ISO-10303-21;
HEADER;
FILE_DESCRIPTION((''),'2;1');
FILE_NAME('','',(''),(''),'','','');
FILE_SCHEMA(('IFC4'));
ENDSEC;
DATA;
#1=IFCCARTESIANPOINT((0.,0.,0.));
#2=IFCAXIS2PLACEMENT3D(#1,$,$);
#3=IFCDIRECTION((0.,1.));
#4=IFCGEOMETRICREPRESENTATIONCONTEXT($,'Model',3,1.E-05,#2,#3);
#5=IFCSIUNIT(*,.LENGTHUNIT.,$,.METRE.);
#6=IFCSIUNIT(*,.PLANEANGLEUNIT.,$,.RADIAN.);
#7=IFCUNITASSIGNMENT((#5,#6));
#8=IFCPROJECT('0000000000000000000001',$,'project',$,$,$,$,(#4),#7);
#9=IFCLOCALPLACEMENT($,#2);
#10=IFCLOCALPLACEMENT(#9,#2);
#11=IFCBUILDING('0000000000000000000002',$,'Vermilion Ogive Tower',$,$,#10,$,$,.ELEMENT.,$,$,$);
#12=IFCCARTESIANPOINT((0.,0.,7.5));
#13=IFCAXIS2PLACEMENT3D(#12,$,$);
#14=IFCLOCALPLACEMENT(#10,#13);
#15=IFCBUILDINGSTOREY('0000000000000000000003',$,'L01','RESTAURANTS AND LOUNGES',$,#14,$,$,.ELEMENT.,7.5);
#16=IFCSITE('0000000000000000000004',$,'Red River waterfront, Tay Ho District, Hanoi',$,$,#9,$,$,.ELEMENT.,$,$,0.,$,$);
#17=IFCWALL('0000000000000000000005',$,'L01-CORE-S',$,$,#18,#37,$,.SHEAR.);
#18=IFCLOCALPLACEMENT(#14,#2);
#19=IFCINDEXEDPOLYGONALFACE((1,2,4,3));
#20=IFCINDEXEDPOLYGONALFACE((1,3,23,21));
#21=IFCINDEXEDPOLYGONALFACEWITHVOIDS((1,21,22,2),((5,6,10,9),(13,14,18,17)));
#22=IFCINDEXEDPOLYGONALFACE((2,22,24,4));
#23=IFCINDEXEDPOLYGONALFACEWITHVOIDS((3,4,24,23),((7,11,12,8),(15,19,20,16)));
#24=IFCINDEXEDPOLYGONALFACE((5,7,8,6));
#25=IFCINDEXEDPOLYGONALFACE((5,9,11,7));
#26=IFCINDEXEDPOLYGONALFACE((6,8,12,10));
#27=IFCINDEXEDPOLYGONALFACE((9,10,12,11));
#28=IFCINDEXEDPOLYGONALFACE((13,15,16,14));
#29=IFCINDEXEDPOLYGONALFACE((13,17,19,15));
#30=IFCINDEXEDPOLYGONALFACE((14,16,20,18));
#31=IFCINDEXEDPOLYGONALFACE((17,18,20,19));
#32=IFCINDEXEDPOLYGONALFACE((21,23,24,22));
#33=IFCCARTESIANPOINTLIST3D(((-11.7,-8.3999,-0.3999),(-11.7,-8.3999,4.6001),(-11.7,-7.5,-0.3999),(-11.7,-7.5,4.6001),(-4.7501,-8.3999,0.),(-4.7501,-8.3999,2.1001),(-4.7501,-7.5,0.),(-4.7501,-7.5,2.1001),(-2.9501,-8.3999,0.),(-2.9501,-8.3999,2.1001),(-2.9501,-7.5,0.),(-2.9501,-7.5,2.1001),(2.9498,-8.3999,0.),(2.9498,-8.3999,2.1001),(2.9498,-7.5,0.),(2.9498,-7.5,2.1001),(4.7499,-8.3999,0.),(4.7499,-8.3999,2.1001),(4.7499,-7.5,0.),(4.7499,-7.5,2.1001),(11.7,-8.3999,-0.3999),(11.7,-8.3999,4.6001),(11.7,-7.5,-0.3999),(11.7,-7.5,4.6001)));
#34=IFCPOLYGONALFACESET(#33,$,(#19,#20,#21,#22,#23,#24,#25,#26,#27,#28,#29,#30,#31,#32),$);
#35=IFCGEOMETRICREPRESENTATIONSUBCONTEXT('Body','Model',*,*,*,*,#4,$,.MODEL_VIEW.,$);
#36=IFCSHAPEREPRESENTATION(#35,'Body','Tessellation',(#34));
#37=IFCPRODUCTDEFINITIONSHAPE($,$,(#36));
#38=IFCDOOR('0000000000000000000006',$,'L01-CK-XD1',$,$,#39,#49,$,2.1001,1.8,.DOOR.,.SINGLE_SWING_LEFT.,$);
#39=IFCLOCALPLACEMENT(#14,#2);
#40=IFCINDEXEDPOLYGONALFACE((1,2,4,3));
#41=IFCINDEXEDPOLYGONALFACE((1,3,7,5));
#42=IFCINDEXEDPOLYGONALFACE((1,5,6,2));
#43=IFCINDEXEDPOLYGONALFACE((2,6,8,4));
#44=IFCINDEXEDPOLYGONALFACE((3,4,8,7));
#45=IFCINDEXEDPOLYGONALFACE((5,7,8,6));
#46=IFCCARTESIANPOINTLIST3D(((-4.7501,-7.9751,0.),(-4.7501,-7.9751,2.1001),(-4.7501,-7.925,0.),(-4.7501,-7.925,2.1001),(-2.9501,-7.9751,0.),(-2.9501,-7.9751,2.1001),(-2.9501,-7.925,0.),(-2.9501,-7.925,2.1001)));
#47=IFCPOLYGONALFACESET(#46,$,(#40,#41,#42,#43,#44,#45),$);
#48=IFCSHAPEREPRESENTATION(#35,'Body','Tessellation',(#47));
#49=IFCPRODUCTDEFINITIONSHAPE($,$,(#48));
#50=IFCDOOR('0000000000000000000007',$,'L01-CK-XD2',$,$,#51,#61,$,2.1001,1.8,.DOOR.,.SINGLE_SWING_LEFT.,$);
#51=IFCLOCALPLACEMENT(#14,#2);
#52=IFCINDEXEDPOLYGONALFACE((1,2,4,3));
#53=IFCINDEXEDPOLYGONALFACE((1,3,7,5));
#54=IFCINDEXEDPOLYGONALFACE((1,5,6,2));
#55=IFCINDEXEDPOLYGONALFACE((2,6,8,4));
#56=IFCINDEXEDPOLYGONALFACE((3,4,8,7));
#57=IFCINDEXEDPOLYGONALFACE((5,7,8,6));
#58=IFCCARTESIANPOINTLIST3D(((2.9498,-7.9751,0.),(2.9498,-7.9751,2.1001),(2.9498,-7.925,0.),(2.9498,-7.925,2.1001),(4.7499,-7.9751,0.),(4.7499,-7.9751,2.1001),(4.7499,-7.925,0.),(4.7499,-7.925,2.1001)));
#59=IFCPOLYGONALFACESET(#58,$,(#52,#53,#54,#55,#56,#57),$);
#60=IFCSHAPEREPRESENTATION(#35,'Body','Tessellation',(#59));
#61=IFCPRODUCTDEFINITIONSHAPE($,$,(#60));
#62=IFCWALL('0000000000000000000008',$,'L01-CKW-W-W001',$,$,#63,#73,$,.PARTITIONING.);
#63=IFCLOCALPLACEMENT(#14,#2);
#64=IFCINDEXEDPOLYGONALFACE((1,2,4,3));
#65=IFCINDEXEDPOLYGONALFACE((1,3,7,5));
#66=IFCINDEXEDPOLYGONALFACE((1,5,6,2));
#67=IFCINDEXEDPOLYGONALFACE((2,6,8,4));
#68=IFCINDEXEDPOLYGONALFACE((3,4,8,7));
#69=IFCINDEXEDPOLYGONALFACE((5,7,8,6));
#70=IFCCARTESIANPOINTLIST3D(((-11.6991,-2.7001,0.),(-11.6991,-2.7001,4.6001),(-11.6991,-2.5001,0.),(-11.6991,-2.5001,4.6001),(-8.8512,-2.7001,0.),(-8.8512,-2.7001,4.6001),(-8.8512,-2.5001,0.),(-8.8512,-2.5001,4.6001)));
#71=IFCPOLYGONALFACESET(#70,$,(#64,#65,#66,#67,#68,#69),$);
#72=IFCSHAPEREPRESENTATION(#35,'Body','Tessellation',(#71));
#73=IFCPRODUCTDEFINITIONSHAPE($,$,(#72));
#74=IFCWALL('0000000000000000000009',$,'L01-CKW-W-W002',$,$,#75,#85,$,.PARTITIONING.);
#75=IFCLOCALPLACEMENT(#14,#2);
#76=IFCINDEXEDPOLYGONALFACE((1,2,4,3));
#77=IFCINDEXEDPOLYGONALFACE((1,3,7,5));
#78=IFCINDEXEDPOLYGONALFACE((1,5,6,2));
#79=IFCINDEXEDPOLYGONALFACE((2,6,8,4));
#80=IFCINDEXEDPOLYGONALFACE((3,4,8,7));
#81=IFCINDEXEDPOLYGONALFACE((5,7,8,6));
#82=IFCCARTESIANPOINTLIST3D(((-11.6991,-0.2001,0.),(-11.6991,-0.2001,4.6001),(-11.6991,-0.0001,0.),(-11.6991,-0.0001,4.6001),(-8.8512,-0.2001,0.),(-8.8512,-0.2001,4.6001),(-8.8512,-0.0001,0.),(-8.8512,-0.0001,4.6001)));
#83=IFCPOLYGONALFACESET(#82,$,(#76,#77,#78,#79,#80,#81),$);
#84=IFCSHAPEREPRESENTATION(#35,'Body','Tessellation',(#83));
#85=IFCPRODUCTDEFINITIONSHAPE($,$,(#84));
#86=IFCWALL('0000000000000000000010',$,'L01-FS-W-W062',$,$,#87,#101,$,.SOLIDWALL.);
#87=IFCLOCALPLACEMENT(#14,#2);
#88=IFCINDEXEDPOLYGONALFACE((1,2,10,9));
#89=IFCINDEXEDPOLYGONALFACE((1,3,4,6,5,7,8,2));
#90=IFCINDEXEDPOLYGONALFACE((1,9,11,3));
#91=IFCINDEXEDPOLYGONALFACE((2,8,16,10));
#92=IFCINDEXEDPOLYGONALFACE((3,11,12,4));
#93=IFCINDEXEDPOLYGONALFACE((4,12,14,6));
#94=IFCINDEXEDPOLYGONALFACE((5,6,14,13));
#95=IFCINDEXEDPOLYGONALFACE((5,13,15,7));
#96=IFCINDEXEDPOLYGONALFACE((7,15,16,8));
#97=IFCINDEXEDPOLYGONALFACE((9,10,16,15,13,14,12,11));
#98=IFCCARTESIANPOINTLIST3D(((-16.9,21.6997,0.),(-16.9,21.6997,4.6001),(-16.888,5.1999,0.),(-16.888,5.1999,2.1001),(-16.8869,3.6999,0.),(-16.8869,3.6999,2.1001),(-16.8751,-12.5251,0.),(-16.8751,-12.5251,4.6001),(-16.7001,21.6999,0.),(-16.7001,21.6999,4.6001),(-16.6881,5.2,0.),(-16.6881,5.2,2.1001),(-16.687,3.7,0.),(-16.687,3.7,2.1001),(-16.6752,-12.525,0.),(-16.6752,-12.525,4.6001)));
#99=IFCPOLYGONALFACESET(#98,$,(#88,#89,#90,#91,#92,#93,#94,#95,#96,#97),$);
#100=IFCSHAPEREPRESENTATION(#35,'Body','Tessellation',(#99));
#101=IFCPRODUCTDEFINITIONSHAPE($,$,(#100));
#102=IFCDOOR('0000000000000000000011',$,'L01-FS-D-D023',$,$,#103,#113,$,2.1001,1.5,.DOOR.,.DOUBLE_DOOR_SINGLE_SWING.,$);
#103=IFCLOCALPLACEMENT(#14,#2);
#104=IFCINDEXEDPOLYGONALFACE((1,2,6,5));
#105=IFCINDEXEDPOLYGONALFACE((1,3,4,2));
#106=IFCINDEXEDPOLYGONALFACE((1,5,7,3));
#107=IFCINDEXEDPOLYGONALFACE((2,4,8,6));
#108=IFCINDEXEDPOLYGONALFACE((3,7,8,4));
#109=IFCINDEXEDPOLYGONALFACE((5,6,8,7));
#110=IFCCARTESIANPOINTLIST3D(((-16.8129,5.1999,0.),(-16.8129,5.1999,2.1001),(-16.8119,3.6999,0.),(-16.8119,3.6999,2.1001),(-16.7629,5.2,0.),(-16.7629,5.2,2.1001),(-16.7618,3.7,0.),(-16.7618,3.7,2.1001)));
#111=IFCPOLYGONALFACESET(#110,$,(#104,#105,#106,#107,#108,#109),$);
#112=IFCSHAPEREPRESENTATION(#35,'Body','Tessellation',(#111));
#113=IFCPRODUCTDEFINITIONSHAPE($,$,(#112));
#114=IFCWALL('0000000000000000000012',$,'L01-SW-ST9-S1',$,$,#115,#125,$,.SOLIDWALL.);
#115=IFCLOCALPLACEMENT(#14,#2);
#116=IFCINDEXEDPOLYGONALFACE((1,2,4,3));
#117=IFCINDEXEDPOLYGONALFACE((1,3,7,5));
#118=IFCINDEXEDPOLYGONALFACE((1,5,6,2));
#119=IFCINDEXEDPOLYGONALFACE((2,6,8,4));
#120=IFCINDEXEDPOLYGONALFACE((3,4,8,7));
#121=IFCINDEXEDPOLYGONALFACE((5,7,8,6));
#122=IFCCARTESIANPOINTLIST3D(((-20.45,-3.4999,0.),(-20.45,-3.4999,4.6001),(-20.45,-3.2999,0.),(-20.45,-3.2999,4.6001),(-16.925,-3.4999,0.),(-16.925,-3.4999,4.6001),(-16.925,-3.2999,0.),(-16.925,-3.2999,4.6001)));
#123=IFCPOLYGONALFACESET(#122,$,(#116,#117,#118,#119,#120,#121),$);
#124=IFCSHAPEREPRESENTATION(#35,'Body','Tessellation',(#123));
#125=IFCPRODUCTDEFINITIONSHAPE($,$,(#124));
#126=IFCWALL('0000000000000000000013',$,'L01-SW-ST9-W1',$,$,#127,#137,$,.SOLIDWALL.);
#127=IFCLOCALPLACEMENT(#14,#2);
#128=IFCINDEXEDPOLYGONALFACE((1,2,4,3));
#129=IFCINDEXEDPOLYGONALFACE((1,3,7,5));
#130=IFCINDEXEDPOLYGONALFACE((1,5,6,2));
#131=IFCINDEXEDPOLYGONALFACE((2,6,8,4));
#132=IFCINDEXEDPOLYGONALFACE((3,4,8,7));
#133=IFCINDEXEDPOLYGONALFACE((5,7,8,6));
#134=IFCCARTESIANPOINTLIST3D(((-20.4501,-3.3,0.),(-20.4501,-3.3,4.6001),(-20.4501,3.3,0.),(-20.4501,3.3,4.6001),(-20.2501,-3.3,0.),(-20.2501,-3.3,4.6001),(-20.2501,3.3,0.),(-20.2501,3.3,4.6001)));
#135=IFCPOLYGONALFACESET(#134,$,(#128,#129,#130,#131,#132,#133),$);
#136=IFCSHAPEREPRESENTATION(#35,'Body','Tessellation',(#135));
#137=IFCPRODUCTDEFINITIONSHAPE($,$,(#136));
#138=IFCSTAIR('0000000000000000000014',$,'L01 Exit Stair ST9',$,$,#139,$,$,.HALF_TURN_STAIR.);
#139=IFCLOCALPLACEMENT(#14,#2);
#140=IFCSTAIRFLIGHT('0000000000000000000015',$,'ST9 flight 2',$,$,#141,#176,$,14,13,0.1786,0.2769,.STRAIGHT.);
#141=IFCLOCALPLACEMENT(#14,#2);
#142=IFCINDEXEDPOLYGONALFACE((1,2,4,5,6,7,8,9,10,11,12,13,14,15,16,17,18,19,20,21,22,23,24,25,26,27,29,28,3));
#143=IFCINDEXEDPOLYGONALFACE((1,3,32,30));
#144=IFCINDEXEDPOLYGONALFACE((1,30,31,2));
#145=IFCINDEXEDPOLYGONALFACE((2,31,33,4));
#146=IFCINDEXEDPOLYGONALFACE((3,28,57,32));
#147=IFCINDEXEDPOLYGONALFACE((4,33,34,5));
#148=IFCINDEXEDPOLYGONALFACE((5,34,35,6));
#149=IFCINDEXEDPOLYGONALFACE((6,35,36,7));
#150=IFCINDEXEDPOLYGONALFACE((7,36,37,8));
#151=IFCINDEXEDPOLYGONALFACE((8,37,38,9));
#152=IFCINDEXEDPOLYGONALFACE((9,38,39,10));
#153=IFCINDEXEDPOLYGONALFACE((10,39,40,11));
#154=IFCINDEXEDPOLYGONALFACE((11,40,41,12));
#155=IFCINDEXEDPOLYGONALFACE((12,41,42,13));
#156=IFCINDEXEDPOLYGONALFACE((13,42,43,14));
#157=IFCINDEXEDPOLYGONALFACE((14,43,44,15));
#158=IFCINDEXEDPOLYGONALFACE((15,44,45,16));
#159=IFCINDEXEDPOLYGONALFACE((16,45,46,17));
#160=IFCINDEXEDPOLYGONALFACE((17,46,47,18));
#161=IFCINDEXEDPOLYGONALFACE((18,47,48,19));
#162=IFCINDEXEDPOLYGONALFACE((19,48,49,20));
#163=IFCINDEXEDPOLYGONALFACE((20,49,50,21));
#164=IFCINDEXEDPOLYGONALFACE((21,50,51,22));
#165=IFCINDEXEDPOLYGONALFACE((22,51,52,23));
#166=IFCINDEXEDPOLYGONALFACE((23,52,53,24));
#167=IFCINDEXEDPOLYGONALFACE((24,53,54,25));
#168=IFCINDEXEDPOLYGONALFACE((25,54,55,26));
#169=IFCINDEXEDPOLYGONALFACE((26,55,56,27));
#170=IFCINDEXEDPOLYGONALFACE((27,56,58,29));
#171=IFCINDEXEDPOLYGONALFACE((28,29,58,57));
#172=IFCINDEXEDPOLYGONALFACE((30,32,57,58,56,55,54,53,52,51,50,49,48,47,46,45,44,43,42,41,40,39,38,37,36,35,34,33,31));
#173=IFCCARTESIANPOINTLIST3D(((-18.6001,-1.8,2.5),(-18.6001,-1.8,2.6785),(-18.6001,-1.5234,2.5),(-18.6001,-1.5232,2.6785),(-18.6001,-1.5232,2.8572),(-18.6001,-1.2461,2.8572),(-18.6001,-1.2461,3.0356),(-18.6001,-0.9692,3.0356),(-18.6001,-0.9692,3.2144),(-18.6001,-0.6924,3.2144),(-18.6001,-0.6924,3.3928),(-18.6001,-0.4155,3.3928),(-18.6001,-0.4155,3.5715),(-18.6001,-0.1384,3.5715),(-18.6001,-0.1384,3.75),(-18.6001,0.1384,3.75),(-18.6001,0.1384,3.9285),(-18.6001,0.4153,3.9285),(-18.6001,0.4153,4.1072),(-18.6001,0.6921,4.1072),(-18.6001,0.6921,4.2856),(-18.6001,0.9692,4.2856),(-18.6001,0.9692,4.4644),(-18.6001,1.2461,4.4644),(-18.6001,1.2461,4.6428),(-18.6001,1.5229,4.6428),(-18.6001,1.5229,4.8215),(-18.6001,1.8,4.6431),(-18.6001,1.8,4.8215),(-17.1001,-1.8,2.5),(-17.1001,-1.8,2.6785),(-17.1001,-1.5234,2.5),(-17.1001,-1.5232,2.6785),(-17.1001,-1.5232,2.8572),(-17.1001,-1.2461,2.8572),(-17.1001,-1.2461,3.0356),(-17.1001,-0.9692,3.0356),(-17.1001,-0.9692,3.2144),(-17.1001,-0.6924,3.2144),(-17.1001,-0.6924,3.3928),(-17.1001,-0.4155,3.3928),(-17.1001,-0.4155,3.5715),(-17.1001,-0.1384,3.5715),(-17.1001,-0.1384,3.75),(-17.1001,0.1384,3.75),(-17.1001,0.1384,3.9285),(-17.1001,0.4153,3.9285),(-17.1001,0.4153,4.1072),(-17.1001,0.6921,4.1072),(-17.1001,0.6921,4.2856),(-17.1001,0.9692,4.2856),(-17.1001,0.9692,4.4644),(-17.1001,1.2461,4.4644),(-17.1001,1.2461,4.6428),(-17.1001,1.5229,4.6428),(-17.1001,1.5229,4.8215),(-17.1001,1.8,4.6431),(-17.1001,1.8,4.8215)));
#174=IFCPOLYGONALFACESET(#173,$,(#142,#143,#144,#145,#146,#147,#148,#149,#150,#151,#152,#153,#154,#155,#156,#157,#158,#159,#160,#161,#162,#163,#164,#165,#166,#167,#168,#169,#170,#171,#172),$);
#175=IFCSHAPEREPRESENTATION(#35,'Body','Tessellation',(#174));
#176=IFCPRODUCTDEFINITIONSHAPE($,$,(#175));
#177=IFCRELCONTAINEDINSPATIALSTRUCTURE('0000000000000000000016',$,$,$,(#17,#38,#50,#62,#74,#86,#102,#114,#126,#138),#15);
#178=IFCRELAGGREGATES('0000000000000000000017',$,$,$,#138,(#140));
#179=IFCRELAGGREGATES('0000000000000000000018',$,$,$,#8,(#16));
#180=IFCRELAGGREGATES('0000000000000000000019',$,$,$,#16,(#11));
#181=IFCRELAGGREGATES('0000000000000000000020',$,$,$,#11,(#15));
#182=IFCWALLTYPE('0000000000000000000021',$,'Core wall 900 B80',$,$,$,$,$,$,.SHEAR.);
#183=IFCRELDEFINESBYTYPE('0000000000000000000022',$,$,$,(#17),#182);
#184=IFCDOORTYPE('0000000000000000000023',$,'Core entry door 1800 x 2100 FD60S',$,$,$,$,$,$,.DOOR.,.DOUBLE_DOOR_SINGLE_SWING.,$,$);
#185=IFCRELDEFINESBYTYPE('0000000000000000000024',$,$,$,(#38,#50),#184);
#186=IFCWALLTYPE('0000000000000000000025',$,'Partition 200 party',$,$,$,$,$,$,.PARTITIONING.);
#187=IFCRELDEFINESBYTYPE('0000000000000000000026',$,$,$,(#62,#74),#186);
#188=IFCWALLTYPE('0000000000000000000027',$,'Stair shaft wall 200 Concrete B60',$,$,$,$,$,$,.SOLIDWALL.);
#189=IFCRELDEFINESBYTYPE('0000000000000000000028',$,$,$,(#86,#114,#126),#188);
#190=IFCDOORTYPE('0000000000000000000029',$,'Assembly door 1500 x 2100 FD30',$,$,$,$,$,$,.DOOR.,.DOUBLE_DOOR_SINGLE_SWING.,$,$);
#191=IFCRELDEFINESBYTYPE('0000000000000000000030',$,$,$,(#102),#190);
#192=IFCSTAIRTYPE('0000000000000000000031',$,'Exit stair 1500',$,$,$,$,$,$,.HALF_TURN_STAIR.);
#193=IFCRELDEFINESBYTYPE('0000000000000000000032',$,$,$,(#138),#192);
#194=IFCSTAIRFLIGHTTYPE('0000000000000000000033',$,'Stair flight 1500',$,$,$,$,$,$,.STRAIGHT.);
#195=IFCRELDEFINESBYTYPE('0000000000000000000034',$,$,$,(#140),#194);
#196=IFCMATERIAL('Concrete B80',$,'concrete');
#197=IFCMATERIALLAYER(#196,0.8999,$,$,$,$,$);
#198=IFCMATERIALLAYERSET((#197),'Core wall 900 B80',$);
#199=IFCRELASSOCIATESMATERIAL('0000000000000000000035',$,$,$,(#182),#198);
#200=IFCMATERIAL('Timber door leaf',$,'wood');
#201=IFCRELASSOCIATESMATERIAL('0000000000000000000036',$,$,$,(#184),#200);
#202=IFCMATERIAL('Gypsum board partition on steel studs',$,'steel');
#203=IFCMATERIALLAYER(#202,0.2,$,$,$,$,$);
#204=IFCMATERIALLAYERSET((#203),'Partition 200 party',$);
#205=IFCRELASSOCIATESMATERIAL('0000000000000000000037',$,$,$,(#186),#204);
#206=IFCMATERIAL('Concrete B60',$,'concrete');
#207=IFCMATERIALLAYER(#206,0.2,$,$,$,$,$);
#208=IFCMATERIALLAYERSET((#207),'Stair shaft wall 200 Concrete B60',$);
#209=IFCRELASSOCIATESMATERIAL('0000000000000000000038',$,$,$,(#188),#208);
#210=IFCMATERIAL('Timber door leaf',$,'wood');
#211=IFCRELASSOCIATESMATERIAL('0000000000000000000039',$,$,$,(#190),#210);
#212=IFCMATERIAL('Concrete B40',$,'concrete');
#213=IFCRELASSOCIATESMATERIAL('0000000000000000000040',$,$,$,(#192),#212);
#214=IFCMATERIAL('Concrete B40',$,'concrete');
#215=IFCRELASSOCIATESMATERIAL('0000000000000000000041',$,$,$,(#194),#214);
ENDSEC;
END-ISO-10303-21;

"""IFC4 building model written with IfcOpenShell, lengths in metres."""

from ifc_helpers import new_model, si_unit, direction, frame, frame_2d, origin, place, context, subcontext, project, spatial, polyline, rectangle, outline, extrude, material, layer, layer_set, type_object, element, fill, aggregate, save


model = new_model("IFC4")

# Units and contexts
model_context = context("Model", 3, precision=1e-05, world=origin(), true_north=direction((0.0, 1.0)))
body_context = subcontext(model_context, "Body", "Model", "MODEL_VIEW")
ifc_project = project(units=[si_unit("LENGTHUNIT", "METRE"), si_unit("PLANEANGLEUNIT", "RADIAN")], contexts=[model_context])

# Site, building, storey
site_placement = place(None, origin())
site = spatial("IfcSite", under=ifc_project, at=site_placement, Name="Red River waterfront, Tay Ho District, Hanoi", CompositionType="ELEMENT", RefElevation=0.0)
building_placement = place(site_placement, origin())
building = spatial("IfcBuilding", under=site, at=building_placement, Name="Vermilion Ogive Tower", CompositionType="ELEMENT")
storey_placement = place(building_placement, frame((0.0, 0.0, 7.5)))
storey = spatial("IfcBuildingStorey", under=building, at=storey_placement, Name="L01", Description="RESTAURANTS AND LOUNGES", CompositionType="ELEMENT", Elevation=7.5)

# Wall, openings, doors
ifc_material_1 = material(Name="Concrete B80", Category="concrete")
ifc_layer_1 = layer(ifc_material_1, 0.8999)
ifc_layer_set_1 = layer_set([ifc_layer_1], Name="Core wall 900 B80")
wall_type_1 = type_object("IfcWallType", Name="Core wall 900 B80", PredefinedType="SHEAR", material=ifc_layer_set_1)
wall_1_placement = place(storey_placement, frame((-11.7, -7.95, -0.3999), z_axis=(0.0, 0.0, 1.0), x_axis=(1.0, 0.0, 0.0)))
wall_1 = element("IfcWall", 1, at=wall_1_placement, inside=storey, type_object=wall_type_1, Name="L01-CORE-S", PredefinedType="SHEAR", context=body_context, shape_type="SweptSolid", body=[
    extrude(rectangle(XDim=23.3999, YDim=0.8999, at=frame_2d((11.7, 0.0))), origin(), (0.0, 0.0, 1.0), 5.0),
])
opening_1_placement = place(wall_1_placement, frame((6.95, 0.0, 0.3999)))
opening_1 = element("IfcOpeningElement", 2, at=opening_1_placement, cuts=wall_1, PredefinedType="OPENING", context=body_context, shape_type="SweptSolid", body=[
    extrude(rectangle(XDim=1.8, YDim=2.1001, at=frame_2d((0.8999, 1.05))), frame((0.0, 0.46, 0.0), z_axis=(0.0, -1.0, 0.0), x_axis=(1.0, 0.0, 0.0)), (0.0, 0.0, 1.0), 0.9199),
])
opening_2_placement = place(wall_1_placement, frame((14.6499, 0.0, 0.3999)))
opening_2 = element("IfcOpeningElement", 3, at=opening_2_placement, cuts=wall_1, PredefinedType="OPENING", context=body_context, shape_type="SweptSolid", body=[
    extrude(rectangle(XDim=1.8, YDim=2.1001, at=frame_2d((0.8999, 1.05))), frame((0.0, 0.46, 0.0), z_axis=(0.0, -1.0, 0.0), x_axis=(1.0, 0.0, 0.0)), (0.0, 0.0, 1.0), 0.9199),
])
ifc_material_2 = material(Name="Timber door leaf", Category="wood")
door_type_1 = type_object("IfcDoorType", Name="Core entry door 1800 x 2100 FD60S", OperationType="DOUBLE_DOOR_SINGLE_SWING", PredefinedType="DOOR", material=ifc_material_2)
door_1_placement = place(opening_1_placement, origin())
door_1 = element("IfcDoor", 4, at=door_1_placement, inside=storey, type_object=door_type_1, Name="L01-CK-XD1", OperationType="SINGLE_SWING_LEFT", OverallHeight=2.1001, OverallWidth=1.8, PredefinedType="DOOR", context=body_context, shape_type="SweptSolid", body=[
    extrude(rectangle(XDim=1.8, YDim=2.1001, at=frame_2d((0.8999, 1.05))), frame((0.0, 0.0249, 0.0), z_axis=(0.0, -1.0, 0.0), x_axis=(1.0, 0.0, 0.0)), (0.0, 0.0, 1.0), 0.05),
])
fill(opening_1, door_1)
door_2_placement = place(opening_2_placement, origin())
door_2 = element("IfcDoor", 5, at=door_2_placement, inside=storey, type_object=door_type_1, Name="L01-CK-XD2", OperationType="SINGLE_SWING_LEFT", OverallHeight=2.1001, OverallWidth=1.8, PredefinedType="DOOR", context=body_context, shape_type="SweptSolid", body=[
    extrude(rectangle(XDim=1.8, YDim=2.1001, at=frame_2d((0.8999, 1.05))), frame((0.0, 0.0249, 0.0), z_axis=(0.0, -1.0, 0.0), x_axis=(1.0, 0.0, 0.0)), (0.0, 0.0, 1.0), 0.05),
])
fill(opening_2, door_2)

# Walls
ifc_material_3 = material(Name="Gypsum board partition on steel studs", Category="steel")
ifc_layer_2 = layer(ifc_material_3, 0.2)
ifc_layer_set_2 = layer_set([ifc_layer_2], Name="Partition 200 party")
wall_type_2 = type_object("IfcWallType", Name="Partition 200 party", PredefinedType="PARTITIONING", material=ifc_layer_set_2)
for number, where, z_axis, x_axis, name in (
    (6, (-11.699, -2.6001, 0.0), (0.0, 0.0, 1.0), (1.0, 0.0, 0.0), "L01-CKW-W-W001"),
    (7, (-11.699, -0.1001, 0.0), (0.0, 0.0, 1.0), (1.0, 0.0, 0.0), "L01-CKW-W-W002"),
):
    element("IfcWall", number, at=place(storey_placement, frame(where, z_axis=z_axis, x_axis=x_axis)), inside=storey, type_object=wall_type_2, Name=name, PredefinedType="PARTITIONING", context=body_context, shape_type="SweptSolid", body=[
        extrude(rectangle(XDim=2.8479, YDim=0.2, at=frame_2d((1.4238, 0.0))), origin(), (0.0, 0.0, 1.0), 4.6001),
    ])

# Wall, opening, door
ifc_material_4 = material(Name="Concrete B60", Category="concrete")
ifc_layer_3 = layer(ifc_material_4, 0.2)
ifc_layer_set_3 = layer_set([ifc_layer_3], Name="Stair shaft wall 200 Concrete B60")
wall_type_3 = type_object("IfcWallType", Name="Stair shaft wall 200 Concrete B60", PredefinedType="SOLIDWALL", material=ifc_layer_set_3)
wall_2_placement = place(storey_placement, frame((-16.7751, -12.5249, 0.0), z_axis=(0.0, 0.0, 1.0), x_axis=(-0.000728, 1.0, 0.0)))
wall_2 = element("IfcWall", 8, at=wall_2_placement, inside=storey, type_object=wall_type_3, Name="L01-FS-W-W062", PredefinedType="SOLIDWALL", context=body_context, shape_type="SweptSolid", body=[
    extrude(rectangle(XDim=34.2249, YDim=0.2, at=frame_2d((17.1123, 0.0))), origin(), (0.0, 0.0, 1.0), 4.6001),
])
opening_3_placement = place(wall_2_placement, frame((16.2249, 0.0, 0.0)))
opening_3 = element("IfcOpeningElement", 9, at=opening_3_placement, cuts=wall_2, PredefinedType="OPENING", context=body_context, shape_type="SweptSolid", body=[
    extrude(rectangle(XDim=1.5, YDim=2.1001, at=frame_2d((0.75, 1.05))), frame((0.0, 0.1099, 0.0), z_axis=(0.0, -1.0, 0.0), x_axis=(1.0, 0.0, 0.0)), (0.0, 0.0, 1.0), 0.22),
])
ifc_material_5 = material(Name="Timber door leaf", Category="wood")
door_type_2 = type_object("IfcDoorType", Name="Assembly door 1500 x 2100 FD30", OperationType="DOUBLE_DOOR_SINGLE_SWING", PredefinedType="DOOR", material=ifc_material_5)
door_3_placement = place(opening_3_placement, origin())
door_3 = element("IfcDoor", 10, at=door_3_placement, inside=storey, type_object=door_type_2, Name="L01-FS-D-D023", OperationType="DOUBLE_DOOR_SINGLE_SWING", OverallHeight=2.1001, OverallWidth=1.5, PredefinedType="DOOR", context=body_context, shape_type="SweptSolid", body=[
    extrude(rectangle(XDim=1.5, YDim=2.1001, at=frame_2d((0.75, 1.05))), frame((0.0, 0.0249, 0.0), z_axis=(0.0, -1.0, 0.0), x_axis=(1.0, 0.0, 0.0)), (0.0, 0.0, 1.0), 0.05),
])
fill(opening_3, door_3)

# Walls
wall_3_placement = place(storey_placement, frame((-20.45, -3.3999, 0.0), z_axis=(0.0, 0.0, 1.0), x_axis=(1.0, 0.0, 0.0)))
element("IfcWall", 11, at=wall_3_placement, inside=storey, type_object=wall_type_3, Name="L01-SW-ST9-S1", PredefinedType="SOLIDWALL", context=body_context, shape_type="SweptSolid", body=[
    extrude(rectangle(XDim=3.5249, YDim=0.2, at=frame_2d((1.7625, 0.0))), origin(), (0.0, 0.0, 1.0), 4.6001),
])
wall_4_placement = place(storey_placement, frame((-20.3501, -3.3, 0.0), z_axis=(0.0, 0.0, 1.0), x_axis=(0.0, 1.0, 0.0)))
element("IfcWall", 12, at=wall_4_placement, inside=storey, type_object=wall_type_3, Name="L01-SW-ST9-W1", PredefinedType="SOLIDWALL", context=body_context, shape_type="SweptSolid", body=[
    extrude(rectangle(XDim=6.6001, YDim=0.2, at=frame_2d((3.3, 0.0))), origin(), (0.0, 0.0, 1.0), 4.6001),
])

# Stair, stair flight
ifc_material_6 = material(Name="Concrete B40", Category="concrete")
stair_type = type_object("IfcStairType", Name="Exit stair 1500", PredefinedType="HALF_TURN_STAIR", material=ifc_material_6)
stair_placement = place(storey_placement, origin())
stair = element("IfcStair", 13, at=stair_placement, inside=storey, type_object=stair_type, Name="L01 Exit Stair ST9", PredefinedType="HALF_TURN_STAIR")
ifc_material_7 = material(Name="Concrete B40", Category="concrete")
stair_flight_type = type_object("IfcStairFlightType", Name="Stair flight 1500", PredefinedType="STRAIGHT", material=ifc_material_7)
stair_flight_placement = place(storey_placement, frame((-17.8501, -1.8, 2.5), z_axis=(0.0, 0.0, 1.0), x_axis=(0.0, 1.0, 0.0)))
stair_flight = element("IfcStairFlight", 14, at=stair_flight_placement, type_object=stair_flight_type, Name="ST9 flight 2", NumberOfRisers=14, NumberOfTreads=13, PredefinedType="STRAIGHT", RiserHeight=0.1786, TreadLength=0.2769, context=body_context, shape_type="SweptSolid", body=[
    extrude(outline(polyline([(0.0, 0.0), (0.0, 0.1785), (0.2769, 0.1785), (0.2769, 0.3572), (0.554, 0.3572), (0.554, 0.5356), (0.8308, 0.5356), (0.8308, 0.7144), (1.1077, 0.7144), (1.1077, 0.8928), (1.3845, 0.8928), (1.3845, 1.0715), (1.6616, 1.0715), (1.6616, 1.25), (1.9385, 1.25), (1.9385, 1.4285), (2.2153, 1.4285), (2.2153, 1.6072), (2.4922, 1.6072), (2.4922, 1.7856), (2.7693, 1.7856), (2.7693, 1.9644), (3.0461, 1.9644), (3.0461, 2.1428), (3.323, 2.1428), (3.323, 2.3215), (3.6001, 2.3215), (3.6001, 2.5), (3.6001, 2.1431), (0.2766, 0.0), (0.0, 0.0)])), frame((0.0, 0.75, 0.0), z_axis=(0.0, -1.0, 0.0), x_axis=(1.0, 0.0, 0.0)), (0.0, 0.0, 1.0), 1.5),
])
aggregate(stair, [stair_flight])

save(model, "model.ifc")
